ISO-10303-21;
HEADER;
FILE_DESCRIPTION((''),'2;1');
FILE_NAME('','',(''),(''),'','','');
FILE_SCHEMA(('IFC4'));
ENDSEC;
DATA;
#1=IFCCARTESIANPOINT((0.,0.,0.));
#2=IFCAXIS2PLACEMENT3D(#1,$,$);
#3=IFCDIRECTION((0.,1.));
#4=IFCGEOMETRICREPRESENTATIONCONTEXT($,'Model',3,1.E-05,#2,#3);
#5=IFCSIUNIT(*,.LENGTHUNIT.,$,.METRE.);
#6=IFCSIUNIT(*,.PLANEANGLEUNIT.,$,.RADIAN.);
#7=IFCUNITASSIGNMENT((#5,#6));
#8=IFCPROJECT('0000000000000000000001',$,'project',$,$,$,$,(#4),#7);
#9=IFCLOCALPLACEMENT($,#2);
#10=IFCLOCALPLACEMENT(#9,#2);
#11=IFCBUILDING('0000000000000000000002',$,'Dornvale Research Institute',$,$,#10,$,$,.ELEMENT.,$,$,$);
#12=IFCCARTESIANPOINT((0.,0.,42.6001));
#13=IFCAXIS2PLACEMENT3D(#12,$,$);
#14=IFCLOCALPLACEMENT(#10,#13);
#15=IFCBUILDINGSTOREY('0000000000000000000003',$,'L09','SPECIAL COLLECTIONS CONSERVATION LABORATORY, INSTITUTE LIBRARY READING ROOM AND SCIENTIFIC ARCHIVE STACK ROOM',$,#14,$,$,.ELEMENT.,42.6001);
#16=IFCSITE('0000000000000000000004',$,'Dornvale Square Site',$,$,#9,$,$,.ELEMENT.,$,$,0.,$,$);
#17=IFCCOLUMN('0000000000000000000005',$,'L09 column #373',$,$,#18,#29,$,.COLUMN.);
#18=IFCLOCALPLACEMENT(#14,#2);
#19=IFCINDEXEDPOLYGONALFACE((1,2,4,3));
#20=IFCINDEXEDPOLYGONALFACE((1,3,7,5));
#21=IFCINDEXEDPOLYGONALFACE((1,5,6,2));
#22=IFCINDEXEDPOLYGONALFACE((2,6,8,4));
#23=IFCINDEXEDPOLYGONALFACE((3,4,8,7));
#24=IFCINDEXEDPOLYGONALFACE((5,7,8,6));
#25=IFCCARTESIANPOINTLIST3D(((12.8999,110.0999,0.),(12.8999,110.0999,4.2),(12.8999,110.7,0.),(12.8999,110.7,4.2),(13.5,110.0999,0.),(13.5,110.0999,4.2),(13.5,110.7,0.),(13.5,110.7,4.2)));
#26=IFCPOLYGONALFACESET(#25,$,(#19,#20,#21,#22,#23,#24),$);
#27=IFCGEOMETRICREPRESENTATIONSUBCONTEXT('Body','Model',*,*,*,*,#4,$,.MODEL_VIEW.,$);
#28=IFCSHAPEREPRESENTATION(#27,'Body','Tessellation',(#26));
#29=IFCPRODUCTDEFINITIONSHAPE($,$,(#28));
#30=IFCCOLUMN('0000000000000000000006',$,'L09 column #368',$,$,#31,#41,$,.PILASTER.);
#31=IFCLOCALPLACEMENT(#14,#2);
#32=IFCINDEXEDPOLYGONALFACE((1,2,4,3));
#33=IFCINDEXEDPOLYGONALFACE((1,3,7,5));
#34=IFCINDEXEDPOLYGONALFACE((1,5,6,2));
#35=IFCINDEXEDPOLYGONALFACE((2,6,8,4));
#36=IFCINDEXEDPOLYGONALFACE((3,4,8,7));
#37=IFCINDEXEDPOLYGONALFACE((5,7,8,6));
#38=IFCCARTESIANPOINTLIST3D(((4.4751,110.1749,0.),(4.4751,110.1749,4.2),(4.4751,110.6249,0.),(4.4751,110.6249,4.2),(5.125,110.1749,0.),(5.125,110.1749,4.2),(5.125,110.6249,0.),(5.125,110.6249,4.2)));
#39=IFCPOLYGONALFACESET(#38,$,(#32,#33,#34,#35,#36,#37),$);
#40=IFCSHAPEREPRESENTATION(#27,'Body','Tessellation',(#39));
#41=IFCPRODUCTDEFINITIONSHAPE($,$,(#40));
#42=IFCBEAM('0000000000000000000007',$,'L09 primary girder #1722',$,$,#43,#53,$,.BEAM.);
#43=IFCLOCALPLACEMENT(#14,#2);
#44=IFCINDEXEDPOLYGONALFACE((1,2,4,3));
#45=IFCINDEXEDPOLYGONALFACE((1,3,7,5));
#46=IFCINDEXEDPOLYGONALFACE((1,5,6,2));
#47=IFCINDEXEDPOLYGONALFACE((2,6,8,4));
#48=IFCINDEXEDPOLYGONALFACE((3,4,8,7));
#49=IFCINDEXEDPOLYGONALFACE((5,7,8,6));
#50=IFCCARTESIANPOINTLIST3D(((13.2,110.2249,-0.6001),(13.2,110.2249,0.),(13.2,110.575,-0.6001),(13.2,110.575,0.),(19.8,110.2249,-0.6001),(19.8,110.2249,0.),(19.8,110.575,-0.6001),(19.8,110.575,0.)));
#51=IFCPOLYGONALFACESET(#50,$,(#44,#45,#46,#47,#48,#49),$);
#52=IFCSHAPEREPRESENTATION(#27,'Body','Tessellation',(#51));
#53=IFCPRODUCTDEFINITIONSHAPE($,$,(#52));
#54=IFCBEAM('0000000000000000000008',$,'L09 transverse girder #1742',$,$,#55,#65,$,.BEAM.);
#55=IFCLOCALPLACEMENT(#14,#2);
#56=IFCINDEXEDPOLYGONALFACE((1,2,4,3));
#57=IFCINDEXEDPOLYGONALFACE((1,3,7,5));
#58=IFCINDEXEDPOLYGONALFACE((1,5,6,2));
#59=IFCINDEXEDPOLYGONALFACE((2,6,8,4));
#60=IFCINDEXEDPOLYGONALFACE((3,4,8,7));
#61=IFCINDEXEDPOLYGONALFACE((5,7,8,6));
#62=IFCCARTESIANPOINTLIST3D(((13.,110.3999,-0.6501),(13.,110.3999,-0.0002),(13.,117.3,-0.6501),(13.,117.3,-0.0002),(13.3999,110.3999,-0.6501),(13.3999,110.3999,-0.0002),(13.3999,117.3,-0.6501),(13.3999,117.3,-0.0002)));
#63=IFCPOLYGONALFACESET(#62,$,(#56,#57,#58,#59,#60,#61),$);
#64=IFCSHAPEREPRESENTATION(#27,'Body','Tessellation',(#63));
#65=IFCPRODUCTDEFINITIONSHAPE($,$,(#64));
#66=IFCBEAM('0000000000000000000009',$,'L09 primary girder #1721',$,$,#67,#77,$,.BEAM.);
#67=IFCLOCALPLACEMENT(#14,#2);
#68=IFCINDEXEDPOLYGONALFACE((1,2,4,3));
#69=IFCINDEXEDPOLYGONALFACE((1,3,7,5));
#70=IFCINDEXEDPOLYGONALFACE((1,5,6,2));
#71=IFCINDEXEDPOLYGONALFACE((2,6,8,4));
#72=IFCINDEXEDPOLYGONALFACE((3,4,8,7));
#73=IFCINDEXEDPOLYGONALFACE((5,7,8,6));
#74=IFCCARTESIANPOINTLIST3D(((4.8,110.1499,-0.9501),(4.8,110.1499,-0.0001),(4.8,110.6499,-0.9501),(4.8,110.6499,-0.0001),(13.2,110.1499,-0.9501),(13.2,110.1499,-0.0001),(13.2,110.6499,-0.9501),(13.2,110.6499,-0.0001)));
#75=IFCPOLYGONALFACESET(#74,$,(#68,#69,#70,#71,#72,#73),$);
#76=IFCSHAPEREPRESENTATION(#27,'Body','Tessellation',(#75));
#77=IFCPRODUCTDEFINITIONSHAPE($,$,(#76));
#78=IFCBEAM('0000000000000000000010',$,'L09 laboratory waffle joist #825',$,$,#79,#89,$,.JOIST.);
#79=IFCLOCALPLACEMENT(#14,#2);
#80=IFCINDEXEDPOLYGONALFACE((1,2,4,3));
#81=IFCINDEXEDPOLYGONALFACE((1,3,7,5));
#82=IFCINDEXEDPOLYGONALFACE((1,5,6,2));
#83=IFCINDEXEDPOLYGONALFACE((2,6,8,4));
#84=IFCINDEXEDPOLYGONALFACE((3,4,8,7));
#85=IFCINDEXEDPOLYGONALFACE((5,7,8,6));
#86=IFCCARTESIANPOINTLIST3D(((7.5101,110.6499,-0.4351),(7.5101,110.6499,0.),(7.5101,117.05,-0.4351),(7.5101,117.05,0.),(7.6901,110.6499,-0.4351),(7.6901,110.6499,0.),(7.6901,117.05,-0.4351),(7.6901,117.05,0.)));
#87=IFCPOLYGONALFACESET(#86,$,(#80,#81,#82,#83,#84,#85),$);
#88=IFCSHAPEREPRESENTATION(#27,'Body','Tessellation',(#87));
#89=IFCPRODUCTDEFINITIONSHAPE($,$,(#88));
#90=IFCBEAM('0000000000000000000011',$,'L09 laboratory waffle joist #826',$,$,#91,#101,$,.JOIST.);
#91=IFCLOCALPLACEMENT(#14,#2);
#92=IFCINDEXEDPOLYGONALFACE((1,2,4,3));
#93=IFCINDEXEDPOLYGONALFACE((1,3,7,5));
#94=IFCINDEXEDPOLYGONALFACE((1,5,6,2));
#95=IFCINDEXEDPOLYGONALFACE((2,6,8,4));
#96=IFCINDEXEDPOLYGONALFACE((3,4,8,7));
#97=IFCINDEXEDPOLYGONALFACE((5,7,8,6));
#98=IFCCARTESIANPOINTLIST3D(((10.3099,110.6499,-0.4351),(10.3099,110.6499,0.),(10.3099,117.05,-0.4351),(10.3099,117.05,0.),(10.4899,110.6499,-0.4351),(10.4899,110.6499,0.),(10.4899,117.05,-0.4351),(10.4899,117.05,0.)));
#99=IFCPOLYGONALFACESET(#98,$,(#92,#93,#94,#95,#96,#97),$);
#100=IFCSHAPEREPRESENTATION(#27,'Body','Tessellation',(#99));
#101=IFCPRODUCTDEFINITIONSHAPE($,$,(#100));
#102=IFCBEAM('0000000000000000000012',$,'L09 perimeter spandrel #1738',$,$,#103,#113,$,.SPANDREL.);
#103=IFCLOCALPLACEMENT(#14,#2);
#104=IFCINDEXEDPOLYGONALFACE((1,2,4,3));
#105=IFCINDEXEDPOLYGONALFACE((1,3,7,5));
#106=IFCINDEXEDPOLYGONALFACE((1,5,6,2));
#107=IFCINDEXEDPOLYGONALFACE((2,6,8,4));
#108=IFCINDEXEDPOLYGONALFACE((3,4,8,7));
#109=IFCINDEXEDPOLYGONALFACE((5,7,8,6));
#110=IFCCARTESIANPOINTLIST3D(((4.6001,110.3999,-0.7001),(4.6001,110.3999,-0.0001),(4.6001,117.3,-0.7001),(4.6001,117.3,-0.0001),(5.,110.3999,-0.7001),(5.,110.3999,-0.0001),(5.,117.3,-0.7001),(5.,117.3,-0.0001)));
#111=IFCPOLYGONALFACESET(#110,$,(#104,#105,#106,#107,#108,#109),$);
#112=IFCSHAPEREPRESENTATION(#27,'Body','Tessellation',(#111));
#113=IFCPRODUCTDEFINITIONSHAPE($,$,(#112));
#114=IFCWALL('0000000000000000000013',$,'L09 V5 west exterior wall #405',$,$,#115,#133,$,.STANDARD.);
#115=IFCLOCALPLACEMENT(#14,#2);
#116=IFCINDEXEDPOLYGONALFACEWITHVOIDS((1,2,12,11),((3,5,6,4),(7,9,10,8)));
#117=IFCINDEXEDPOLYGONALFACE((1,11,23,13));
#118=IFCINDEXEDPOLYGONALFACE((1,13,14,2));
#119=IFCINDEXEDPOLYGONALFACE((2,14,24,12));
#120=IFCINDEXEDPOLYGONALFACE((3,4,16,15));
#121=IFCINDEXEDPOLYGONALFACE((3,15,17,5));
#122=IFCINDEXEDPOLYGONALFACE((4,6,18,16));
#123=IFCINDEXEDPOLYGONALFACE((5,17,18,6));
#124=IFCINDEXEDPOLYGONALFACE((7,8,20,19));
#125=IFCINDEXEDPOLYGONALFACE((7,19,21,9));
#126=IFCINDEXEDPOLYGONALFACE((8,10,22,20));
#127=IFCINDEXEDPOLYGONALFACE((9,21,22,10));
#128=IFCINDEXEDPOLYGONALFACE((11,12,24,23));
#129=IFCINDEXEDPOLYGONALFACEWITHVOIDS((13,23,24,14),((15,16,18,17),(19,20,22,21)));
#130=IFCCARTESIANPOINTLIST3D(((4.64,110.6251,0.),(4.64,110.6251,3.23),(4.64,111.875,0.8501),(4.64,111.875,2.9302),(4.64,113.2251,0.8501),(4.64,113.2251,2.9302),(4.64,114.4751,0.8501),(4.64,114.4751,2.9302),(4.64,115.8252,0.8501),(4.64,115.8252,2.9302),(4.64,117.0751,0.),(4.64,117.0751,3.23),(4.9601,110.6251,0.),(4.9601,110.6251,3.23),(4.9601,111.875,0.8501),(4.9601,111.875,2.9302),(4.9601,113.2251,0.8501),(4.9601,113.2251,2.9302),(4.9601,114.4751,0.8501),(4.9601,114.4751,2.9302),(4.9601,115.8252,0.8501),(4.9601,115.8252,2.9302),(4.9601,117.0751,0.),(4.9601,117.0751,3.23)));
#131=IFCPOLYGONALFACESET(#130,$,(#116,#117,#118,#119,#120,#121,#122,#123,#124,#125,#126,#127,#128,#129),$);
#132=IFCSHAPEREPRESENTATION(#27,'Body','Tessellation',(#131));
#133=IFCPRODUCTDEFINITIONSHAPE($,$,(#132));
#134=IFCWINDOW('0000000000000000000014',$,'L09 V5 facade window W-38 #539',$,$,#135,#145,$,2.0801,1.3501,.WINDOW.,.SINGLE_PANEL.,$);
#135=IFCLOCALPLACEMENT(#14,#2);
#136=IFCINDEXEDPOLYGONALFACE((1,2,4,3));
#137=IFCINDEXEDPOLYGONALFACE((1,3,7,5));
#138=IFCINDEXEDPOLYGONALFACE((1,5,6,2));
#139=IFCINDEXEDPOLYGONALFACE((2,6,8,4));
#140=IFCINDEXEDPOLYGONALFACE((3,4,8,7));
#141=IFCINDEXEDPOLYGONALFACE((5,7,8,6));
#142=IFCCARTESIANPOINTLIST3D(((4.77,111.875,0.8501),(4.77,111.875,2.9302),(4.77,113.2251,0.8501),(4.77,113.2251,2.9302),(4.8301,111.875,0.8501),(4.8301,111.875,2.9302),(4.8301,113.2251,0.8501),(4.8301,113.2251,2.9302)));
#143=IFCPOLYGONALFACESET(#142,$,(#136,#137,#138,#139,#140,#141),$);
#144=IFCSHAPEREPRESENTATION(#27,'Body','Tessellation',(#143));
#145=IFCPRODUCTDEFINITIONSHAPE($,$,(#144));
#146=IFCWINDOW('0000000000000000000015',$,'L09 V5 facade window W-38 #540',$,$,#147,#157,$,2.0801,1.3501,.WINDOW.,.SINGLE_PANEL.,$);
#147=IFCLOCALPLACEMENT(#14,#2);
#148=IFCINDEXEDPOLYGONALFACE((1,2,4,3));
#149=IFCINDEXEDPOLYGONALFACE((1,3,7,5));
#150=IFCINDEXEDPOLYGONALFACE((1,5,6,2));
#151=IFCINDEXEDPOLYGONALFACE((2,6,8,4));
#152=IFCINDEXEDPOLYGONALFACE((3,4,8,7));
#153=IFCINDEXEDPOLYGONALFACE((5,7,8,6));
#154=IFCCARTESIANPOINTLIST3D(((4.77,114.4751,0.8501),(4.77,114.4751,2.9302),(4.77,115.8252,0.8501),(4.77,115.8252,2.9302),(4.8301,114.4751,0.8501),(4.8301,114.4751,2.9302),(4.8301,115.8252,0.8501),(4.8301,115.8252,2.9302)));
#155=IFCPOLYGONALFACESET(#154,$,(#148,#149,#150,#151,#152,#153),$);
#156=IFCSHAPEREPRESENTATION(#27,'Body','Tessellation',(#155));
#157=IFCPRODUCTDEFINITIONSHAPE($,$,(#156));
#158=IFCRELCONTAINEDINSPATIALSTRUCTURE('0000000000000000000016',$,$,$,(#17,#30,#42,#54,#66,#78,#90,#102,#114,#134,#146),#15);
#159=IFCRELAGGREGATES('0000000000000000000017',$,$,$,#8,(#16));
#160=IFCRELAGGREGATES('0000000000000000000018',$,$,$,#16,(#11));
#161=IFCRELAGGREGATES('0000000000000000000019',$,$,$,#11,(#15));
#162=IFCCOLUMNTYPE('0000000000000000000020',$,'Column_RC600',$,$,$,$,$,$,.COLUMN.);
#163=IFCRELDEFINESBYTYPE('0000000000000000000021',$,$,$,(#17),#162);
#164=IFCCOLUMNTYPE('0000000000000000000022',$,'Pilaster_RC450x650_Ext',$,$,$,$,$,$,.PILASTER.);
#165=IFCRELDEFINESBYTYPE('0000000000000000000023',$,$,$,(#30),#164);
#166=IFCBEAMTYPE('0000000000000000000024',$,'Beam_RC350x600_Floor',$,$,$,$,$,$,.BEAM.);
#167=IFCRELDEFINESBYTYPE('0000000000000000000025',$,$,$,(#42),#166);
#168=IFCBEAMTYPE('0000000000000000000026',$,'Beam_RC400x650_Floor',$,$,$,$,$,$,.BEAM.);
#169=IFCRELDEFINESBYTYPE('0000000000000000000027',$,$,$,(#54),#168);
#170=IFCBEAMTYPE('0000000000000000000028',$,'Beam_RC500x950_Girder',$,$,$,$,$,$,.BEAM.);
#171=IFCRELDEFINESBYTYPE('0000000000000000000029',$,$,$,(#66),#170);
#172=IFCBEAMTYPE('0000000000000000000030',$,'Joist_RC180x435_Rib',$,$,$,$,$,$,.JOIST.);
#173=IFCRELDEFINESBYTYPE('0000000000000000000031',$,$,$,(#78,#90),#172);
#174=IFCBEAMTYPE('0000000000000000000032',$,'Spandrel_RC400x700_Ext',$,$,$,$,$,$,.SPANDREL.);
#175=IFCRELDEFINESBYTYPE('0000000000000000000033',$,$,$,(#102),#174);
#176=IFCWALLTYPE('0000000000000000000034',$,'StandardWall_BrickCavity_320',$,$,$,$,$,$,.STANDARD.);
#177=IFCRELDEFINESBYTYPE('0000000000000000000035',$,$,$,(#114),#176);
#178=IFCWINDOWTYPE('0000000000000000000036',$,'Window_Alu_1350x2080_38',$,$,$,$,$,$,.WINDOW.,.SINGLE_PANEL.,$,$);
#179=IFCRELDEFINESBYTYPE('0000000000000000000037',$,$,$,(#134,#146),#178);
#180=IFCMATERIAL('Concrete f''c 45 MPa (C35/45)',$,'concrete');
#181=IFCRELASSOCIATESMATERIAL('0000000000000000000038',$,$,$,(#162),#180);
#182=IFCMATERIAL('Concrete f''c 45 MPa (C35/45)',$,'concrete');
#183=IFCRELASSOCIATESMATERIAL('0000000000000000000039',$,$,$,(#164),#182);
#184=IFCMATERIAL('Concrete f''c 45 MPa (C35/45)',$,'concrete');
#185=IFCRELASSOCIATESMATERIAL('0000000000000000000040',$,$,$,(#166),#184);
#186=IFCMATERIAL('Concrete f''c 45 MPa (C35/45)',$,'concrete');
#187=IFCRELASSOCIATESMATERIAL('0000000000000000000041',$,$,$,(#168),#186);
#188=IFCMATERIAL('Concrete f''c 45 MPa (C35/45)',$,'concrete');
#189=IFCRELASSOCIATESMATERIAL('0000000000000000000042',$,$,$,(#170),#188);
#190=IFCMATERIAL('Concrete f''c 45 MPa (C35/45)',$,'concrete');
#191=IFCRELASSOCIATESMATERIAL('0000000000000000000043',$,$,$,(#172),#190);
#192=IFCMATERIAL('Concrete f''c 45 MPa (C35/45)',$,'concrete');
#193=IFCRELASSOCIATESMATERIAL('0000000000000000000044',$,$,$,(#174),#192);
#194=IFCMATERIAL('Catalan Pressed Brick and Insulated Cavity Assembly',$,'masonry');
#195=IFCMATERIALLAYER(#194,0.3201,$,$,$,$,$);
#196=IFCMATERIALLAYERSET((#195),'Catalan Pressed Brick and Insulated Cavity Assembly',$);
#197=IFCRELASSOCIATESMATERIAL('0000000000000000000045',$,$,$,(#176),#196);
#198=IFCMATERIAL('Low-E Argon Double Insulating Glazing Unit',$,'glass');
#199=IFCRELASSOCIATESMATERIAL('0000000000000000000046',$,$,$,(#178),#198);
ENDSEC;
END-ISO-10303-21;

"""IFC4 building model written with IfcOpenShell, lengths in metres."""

from ifc_helpers import new_model, si_unit, direction, frame, frame_2d, origin, origin_2d, place, context, subcontext, project, spatial, rectangle, extrude, material, layer, layer_set, material_profile, profile_set, type_object, element, fill, save


model = new_model("IFC4")

# Units and contexts
model_context = context("Model", 3, precision=1e-05, world=origin(), true_north=direction((0.0, 1.0)))
body_context = subcontext(model_context, "Body", "Model", "MODEL_VIEW")
ifc_project = project(units=[si_unit("LENGTHUNIT", "METRE"), si_unit("PLANEANGLEUNIT", "RADIAN")], contexts=[model_context])

# Site, building, storey
site_placement = place(None, origin())
site = spatial("IfcSite", under=ifc_project, at=site_placement, Name="Dornvale Square Site", CompositionType="ELEMENT", RefElevation=0.0)
building_placement = place(site_placement, origin())
building = spatial("IfcBuilding", under=site, at=building_placement, Name="Dornvale Research Institute", CompositionType="ELEMENT")
storey_placement = place(building_placement, frame((0.0, 0.0, 42.6001)))
storey = spatial("IfcBuildingStorey", under=building, at=storey_placement, Name="L09", Description="SPECIAL COLLECTIONS CONSERVATION LABORATORY, INSTITUTE LIBRARY READING ROOM AND SCIENTIFIC ARCHIVE STACK ROOM", CompositionType="ELEMENT", Elevation=42.6001)

# Columns
ifc_material_1 = material(Name="Concrete f'c 45 MPa (C35/45)", Category="concrete")
ifc_material_profile_1 = material_profile(ifc_material_1, rectangle(XDim=0.6001, YDim=0.6001, at=origin_2d()), Name="RC 600x600")
ifc_profile_set_1 = profile_set([ifc_material_profile_1], Name="Concrete f'c 45 MPa (C35/45)")
column_type_1 = type_object("IfcColumnType", Name="Column_RC600", PredefinedType="COLUMN", material=ifc_profile_set_1)
column_1_placement = place(storey_placement, frame((13.2, 110.3999, 0.0), z_axis=(0.0, 0.0, 1.0), x_axis=(1.0, 0.0, 0.0)))
element("IfcColumn", 1, at=column_1_placement, inside=storey, type_object=column_type_1, Name="L09 column #373", PredefinedType="COLUMN", context=body_context, shape_type="SweptSolid", body=[
    extrude(rectangle(XDim=0.6001, YDim=0.6001, at=origin_2d()), origin(), (0.0, 0.0, 1.0), 4.2),
])
ifc_material_2 = material(Name="Concrete f'c 45 MPa (C35/45)", Category="concrete")
ifc_material_profile_2 = material_profile(ifc_material_2, rectangle(XDim=0.45, YDim=0.6499, at=origin_2d()), Name="RC 450x650")
ifc_profile_set_2 = profile_set([ifc_material_profile_2], Name="Concrete f'c 45 MPa (C35/45)")
column_type_2 = type_object("IfcColumnType", Name="Pilaster_RC450x650_Ext", PredefinedType="PILASTER", material=ifc_profile_set_2)
column_2_placement = place(storey_placement, frame((4.8, 110.3999, 0.0), z_axis=(0.0, 0.0, 1.0), x_axis=(0.0, 1.0, 0.0)))
element("IfcColumn", 2, at=column_2_placement, inside=storey, type_object=column_type_2, Name="L09 column #368", PredefinedType="PILASTER", context=body_context, shape_type="SweptSolid", body=[
    extrude(rectangle(XDim=0.45, YDim=0.6499, at=origin_2d()), origin(), (0.0, 0.0, 1.0), 4.2),
])

# Beams
ifc_material_3 = material(Name="Concrete f'c 45 MPa (C35/45)", Category="concrete")
ifc_material_profile_3 = material_profile(ifc_material_3, rectangle(XDim=0.3501, YDim=0.6001, at=origin_2d()), Name="RC 350x600")
ifc_profile_set_3 = profile_set([ifc_material_profile_3], Name="Concrete f'c 45 MPa (C35/45)")
beam_type_1 = type_object("IfcBeamType", Name="Beam_RC350x600_Floor", PredefinedType="BEAM", material=ifc_profile_set_3)
beam_1_placement = place(storey_placement, frame((13.2, 110.3999, -0.3), z_axis=(1.0, 0.0, 0.0), x_axis=(0.0, 1.0, 0.0)))
element("IfcBeam", 3, at=beam_1_placement, inside=storey, type_object=beam_type_1, Name="L09 primary girder #1722", PredefinedType="BEAM", context=body_context, shape_type="SweptSolid", body=[
    extrude(rectangle(XDim=0.3501, YDim=0.6001, at=origin_2d()), origin(), (0.0, 0.0, 1.0), 6.6001),
])
ifc_material_4 = material(Name="Concrete f'c 45 MPa (C35/45)", Category="concrete")
ifc_material_profile_4 = material_profile(ifc_material_4, rectangle(XDim=0.3999, YDim=0.6499, at=origin_2d()), Name="RC 400x650")
ifc_profile_set_4 = profile_set([ifc_material_profile_4], Name="Concrete f'c 45 MPa (C35/45)")
beam_type_2 = type_object("IfcBeamType", Name="Beam_RC400x650_Floor", PredefinedType="BEAM", material=ifc_profile_set_4)
beam_2_placement = place(storey_placement, frame((13.2, 110.3999, -0.3252), z_axis=(0.0, 1.0, 0.0), x_axis=(-1.0, 0.0, 0.0)))
element("IfcBeam", 4, at=beam_2_placement, inside=storey, type_object=beam_type_2, Name="L09 transverse girder #1742", PredefinedType="BEAM", context=body_context, shape_type="SweptSolid", body=[
    extrude(rectangle(XDim=0.3999, YDim=0.6499, at=origin_2d()), origin(), (0.0, 0.0, 1.0), 6.9001),
])
ifc_material_5 = material(Name="Concrete f'c 45 MPa (C35/45)", Category="concrete")
ifc_material_profile_5 = material_profile(ifc_material_5, rectangle(XDim=0.5, YDim=0.95, at=origin_2d()), Name="RC 500x950")
ifc_profile_set_5 = profile_set([ifc_material_profile_5], Name="Concrete f'c 45 MPa (C35/45)")
beam_type_3 = type_object("IfcBeamType", Name="Beam_RC500x950_Girder", PredefinedType="BEAM", material=ifc_profile_set_5)
beam_3_placement = place(storey_placement, frame((4.8, 110.3999, -0.4751), z_axis=(1.0, 0.0, 0.0), x_axis=(0.0, 1.0, 0.0)))
element("IfcBeam", 5, at=beam_3_placement, inside=storey, type_object=beam_type_3, Name="L09 primary girder #1721", PredefinedType="BEAM", context=body_context, shape_type="SweptSolid", body=[
    extrude(rectangle(XDim=0.5, YDim=0.95, at=origin_2d()), origin(), (0.0, 0.0, 1.0), 8.3999),
])
ifc_material_6 = material(Name="Concrete f'c 45 MPa (C35/45)", Category="concrete")
ifc_material_profile_6 = material_profile(ifc_material_6, rectangle(XDim=0.1799, YDim=0.4351, at=origin_2d()), Name="RC 180x435")
ifc_profile_set_6 = profile_set([ifc_material_profile_6], Name="Concrete f'c 45 MPa (C35/45)")
beam_type_4 = type_object("IfcBeamType", Name="Joist_RC180x435_Rib", PredefinedType="JOIST", material=ifc_profile_set_6)
for number, where, z_axis, x_axis, name in (
    (6, (7.6001, 110.6499, -0.2175), (0.0, 1.0, 0.0), (-1.0, 0.0, 0.0), "L09 laboratory waffle joist #825"),
    (7, (10.3999, 110.6499, -0.2175), (0.0, 1.0, 0.0), (-1.0, 0.0, 0.0), "L09 laboratory waffle joist #826"),
):
    element("IfcBeam", number, at=place(storey_placement, frame(where, z_axis=z_axis, x_axis=x_axis)), inside=storey, type_object=beam_type_4, Name=name, PredefinedType="JOIST", context=body_context, shape_type="SweptSolid", body=[
        extrude(rectangle(XDim=0.1799, YDim=0.4351, at=origin_2d()), origin(), (0.0, 0.0, 1.0), 6.4001),
    ])
ifc_material_7 = material(Name="Concrete f'c 45 MPa (C35/45)", Category="concrete")
ifc_material_profile_7 = material_profile(ifc_material_7, rectangle(XDim=0.3999, YDim=0.7, at=origin_2d()), Name="RC 400x700")
ifc_profile_set_7 = profile_set([ifc_material_profile_7], Name="Concrete f'c 45 MPa (C35/45)")
beam_type_5 = type_object("IfcBeamType", Name="Spandrel_RC400x700_Ext", PredefinedType="SPANDREL", material=ifc_profile_set_7)
beam_4_placement = place(storey_placement, frame((4.8, 110.3999, -0.3501), z_axis=(0.0, 1.0, 0.0), x_axis=(-1.0, 0.0, 0.0)))
element("IfcBeam", 8, at=beam_4_placement, inside=storey, type_object=beam_type_5, Name="L09 perimeter spandrel #1738", PredefinedType="SPANDREL", context=body_context, shape_type="SweptSolid", body=[
    extrude(rectangle(XDim=0.3999, YDim=0.7, at=origin_2d()), origin(), (0.0, 0.0, 1.0), 6.9001),
])

# Wall, openings, windows
ifc_material_8 = material(Name="Catalan Pressed Brick and Insulated Cavity Assembly", Category="masonry")
ifc_layer_1 = layer(ifc_material_8, 0.3201)
ifc_layer_set_1 = layer_set([ifc_layer_1], Name="Catalan Pressed Brick and Insulated Cavity Assembly")
wall_type = type_object("IfcWallType", Name="StandardWall_BrickCavity_320", PredefinedType="STANDARD", material=ifc_layer_set_1)
wall_placement = place(storey_placement, frame((4.8, 110.625, 0.0), z_axis=(0.0, 0.0, 1.0), x_axis=(0.0, 1.0, 0.0)))
wall = element("IfcWall", 9, at=wall_placement, inside=storey, type_object=wall_type, Name="L09 V5 west exterior wall #405", PredefinedType="STANDARD", context=body_context, shape_type="SweptSolid", body=[
    extrude(rectangle(XDim=6.45, YDim=0.3201, at=frame_2d((3.2251, 0.0))), origin(), (0.0, 0.0, 1.0), 3.23),
])
opening_1_placement = place(wall_placement, frame((1.25, 0.0, 0.8501)))
opening_1 = element("IfcOpeningElement", 10, at=opening_1_placement, cuts=wall, PredefinedType="OPENING", context=body_context, shape_type="SweptSolid", body=[
    extrude(rectangle(XDim=1.3501, YDim=2.0801, at=frame_2d((0.675, 1.04))), frame((0.0, 0.175, 0.0), z_axis=(0.0, -1.0, 0.0), x_axis=(1.0, 0.0, 0.0)), (0.0, 0.0, 1.0), 0.3501),
])
opening_2_placement = place(wall_placement, frame((3.8501, 0.0, 0.8501)))
opening_2 = element("IfcOpeningElement", 11, at=opening_2_placement, cuts=wall, PredefinedType="OPENING", context=body_context, shape_type="SweptSolid", body=[
    extrude(rectangle(XDim=1.3501, YDim=2.0801, at=frame_2d((0.675, 1.04))), frame((0.0, 0.175, 0.0), z_axis=(0.0, -1.0, 0.0), x_axis=(1.0, 0.0, 0.0)), (0.0, 0.0, 1.0), 0.3501),
])
ifc_material_9 = material(Name="Low-E Argon Double Insulating Glazing Unit", Category="glass")
window_type = type_object("IfcWindowType", Name="Window_Alu_1350x2080_38", PartitioningType="SINGLE_PANEL", PredefinedType="WINDOW", material=ifc_material_9)
window_1_placement = place(opening_1_placement, origin())
window_1 = element("IfcWindow", 12, at=window_1_placement, inside=storey, type_object=window_type, Name="L09 V5 facade window W-38 #539", OverallHeight=2.0801, OverallWidth=1.3501, PartitioningType="SINGLE_PANEL", PredefinedType="WINDOW", context=body_context, shape_type="SweptSolid", body=[
    extrude(rectangle(XDim=1.3501, YDim=2.0801, at=frame_2d((0.675, 1.04))), frame((0.0, 0.03, 0.0), z_axis=(0.0, -1.0, 0.0), x_axis=(1.0, 0.0, 0.0)), (0.0, 0.0, 1.0), 0.0601),
])
fill(opening_1, window_1)
window_2_placement = place(opening_2_placement, origin())
window_2 = element("IfcWindow", 13, at=window_2_placement, inside=storey, type_object=window_type, Name="L09 V5 facade window W-38 #540", OverallHeight=2.0801, OverallWidth=1.3501, PartitioningType="SINGLE_PANEL", PredefinedType="WINDOW", context=body_context, shape_type="SweptSolid", body=[
    extrude(rectangle(XDim=1.3501, YDim=2.0801, at=frame_2d((0.675, 1.04))), frame((0.0, 0.03, 0.0), z_axis=(0.0, -1.0, 0.0), x_axis=(1.0, 0.0, 0.0)), (0.0, 0.0, 1.0), 0.0601),
])
fill(opening_2, window_2)

save(model, "model.ifc")
